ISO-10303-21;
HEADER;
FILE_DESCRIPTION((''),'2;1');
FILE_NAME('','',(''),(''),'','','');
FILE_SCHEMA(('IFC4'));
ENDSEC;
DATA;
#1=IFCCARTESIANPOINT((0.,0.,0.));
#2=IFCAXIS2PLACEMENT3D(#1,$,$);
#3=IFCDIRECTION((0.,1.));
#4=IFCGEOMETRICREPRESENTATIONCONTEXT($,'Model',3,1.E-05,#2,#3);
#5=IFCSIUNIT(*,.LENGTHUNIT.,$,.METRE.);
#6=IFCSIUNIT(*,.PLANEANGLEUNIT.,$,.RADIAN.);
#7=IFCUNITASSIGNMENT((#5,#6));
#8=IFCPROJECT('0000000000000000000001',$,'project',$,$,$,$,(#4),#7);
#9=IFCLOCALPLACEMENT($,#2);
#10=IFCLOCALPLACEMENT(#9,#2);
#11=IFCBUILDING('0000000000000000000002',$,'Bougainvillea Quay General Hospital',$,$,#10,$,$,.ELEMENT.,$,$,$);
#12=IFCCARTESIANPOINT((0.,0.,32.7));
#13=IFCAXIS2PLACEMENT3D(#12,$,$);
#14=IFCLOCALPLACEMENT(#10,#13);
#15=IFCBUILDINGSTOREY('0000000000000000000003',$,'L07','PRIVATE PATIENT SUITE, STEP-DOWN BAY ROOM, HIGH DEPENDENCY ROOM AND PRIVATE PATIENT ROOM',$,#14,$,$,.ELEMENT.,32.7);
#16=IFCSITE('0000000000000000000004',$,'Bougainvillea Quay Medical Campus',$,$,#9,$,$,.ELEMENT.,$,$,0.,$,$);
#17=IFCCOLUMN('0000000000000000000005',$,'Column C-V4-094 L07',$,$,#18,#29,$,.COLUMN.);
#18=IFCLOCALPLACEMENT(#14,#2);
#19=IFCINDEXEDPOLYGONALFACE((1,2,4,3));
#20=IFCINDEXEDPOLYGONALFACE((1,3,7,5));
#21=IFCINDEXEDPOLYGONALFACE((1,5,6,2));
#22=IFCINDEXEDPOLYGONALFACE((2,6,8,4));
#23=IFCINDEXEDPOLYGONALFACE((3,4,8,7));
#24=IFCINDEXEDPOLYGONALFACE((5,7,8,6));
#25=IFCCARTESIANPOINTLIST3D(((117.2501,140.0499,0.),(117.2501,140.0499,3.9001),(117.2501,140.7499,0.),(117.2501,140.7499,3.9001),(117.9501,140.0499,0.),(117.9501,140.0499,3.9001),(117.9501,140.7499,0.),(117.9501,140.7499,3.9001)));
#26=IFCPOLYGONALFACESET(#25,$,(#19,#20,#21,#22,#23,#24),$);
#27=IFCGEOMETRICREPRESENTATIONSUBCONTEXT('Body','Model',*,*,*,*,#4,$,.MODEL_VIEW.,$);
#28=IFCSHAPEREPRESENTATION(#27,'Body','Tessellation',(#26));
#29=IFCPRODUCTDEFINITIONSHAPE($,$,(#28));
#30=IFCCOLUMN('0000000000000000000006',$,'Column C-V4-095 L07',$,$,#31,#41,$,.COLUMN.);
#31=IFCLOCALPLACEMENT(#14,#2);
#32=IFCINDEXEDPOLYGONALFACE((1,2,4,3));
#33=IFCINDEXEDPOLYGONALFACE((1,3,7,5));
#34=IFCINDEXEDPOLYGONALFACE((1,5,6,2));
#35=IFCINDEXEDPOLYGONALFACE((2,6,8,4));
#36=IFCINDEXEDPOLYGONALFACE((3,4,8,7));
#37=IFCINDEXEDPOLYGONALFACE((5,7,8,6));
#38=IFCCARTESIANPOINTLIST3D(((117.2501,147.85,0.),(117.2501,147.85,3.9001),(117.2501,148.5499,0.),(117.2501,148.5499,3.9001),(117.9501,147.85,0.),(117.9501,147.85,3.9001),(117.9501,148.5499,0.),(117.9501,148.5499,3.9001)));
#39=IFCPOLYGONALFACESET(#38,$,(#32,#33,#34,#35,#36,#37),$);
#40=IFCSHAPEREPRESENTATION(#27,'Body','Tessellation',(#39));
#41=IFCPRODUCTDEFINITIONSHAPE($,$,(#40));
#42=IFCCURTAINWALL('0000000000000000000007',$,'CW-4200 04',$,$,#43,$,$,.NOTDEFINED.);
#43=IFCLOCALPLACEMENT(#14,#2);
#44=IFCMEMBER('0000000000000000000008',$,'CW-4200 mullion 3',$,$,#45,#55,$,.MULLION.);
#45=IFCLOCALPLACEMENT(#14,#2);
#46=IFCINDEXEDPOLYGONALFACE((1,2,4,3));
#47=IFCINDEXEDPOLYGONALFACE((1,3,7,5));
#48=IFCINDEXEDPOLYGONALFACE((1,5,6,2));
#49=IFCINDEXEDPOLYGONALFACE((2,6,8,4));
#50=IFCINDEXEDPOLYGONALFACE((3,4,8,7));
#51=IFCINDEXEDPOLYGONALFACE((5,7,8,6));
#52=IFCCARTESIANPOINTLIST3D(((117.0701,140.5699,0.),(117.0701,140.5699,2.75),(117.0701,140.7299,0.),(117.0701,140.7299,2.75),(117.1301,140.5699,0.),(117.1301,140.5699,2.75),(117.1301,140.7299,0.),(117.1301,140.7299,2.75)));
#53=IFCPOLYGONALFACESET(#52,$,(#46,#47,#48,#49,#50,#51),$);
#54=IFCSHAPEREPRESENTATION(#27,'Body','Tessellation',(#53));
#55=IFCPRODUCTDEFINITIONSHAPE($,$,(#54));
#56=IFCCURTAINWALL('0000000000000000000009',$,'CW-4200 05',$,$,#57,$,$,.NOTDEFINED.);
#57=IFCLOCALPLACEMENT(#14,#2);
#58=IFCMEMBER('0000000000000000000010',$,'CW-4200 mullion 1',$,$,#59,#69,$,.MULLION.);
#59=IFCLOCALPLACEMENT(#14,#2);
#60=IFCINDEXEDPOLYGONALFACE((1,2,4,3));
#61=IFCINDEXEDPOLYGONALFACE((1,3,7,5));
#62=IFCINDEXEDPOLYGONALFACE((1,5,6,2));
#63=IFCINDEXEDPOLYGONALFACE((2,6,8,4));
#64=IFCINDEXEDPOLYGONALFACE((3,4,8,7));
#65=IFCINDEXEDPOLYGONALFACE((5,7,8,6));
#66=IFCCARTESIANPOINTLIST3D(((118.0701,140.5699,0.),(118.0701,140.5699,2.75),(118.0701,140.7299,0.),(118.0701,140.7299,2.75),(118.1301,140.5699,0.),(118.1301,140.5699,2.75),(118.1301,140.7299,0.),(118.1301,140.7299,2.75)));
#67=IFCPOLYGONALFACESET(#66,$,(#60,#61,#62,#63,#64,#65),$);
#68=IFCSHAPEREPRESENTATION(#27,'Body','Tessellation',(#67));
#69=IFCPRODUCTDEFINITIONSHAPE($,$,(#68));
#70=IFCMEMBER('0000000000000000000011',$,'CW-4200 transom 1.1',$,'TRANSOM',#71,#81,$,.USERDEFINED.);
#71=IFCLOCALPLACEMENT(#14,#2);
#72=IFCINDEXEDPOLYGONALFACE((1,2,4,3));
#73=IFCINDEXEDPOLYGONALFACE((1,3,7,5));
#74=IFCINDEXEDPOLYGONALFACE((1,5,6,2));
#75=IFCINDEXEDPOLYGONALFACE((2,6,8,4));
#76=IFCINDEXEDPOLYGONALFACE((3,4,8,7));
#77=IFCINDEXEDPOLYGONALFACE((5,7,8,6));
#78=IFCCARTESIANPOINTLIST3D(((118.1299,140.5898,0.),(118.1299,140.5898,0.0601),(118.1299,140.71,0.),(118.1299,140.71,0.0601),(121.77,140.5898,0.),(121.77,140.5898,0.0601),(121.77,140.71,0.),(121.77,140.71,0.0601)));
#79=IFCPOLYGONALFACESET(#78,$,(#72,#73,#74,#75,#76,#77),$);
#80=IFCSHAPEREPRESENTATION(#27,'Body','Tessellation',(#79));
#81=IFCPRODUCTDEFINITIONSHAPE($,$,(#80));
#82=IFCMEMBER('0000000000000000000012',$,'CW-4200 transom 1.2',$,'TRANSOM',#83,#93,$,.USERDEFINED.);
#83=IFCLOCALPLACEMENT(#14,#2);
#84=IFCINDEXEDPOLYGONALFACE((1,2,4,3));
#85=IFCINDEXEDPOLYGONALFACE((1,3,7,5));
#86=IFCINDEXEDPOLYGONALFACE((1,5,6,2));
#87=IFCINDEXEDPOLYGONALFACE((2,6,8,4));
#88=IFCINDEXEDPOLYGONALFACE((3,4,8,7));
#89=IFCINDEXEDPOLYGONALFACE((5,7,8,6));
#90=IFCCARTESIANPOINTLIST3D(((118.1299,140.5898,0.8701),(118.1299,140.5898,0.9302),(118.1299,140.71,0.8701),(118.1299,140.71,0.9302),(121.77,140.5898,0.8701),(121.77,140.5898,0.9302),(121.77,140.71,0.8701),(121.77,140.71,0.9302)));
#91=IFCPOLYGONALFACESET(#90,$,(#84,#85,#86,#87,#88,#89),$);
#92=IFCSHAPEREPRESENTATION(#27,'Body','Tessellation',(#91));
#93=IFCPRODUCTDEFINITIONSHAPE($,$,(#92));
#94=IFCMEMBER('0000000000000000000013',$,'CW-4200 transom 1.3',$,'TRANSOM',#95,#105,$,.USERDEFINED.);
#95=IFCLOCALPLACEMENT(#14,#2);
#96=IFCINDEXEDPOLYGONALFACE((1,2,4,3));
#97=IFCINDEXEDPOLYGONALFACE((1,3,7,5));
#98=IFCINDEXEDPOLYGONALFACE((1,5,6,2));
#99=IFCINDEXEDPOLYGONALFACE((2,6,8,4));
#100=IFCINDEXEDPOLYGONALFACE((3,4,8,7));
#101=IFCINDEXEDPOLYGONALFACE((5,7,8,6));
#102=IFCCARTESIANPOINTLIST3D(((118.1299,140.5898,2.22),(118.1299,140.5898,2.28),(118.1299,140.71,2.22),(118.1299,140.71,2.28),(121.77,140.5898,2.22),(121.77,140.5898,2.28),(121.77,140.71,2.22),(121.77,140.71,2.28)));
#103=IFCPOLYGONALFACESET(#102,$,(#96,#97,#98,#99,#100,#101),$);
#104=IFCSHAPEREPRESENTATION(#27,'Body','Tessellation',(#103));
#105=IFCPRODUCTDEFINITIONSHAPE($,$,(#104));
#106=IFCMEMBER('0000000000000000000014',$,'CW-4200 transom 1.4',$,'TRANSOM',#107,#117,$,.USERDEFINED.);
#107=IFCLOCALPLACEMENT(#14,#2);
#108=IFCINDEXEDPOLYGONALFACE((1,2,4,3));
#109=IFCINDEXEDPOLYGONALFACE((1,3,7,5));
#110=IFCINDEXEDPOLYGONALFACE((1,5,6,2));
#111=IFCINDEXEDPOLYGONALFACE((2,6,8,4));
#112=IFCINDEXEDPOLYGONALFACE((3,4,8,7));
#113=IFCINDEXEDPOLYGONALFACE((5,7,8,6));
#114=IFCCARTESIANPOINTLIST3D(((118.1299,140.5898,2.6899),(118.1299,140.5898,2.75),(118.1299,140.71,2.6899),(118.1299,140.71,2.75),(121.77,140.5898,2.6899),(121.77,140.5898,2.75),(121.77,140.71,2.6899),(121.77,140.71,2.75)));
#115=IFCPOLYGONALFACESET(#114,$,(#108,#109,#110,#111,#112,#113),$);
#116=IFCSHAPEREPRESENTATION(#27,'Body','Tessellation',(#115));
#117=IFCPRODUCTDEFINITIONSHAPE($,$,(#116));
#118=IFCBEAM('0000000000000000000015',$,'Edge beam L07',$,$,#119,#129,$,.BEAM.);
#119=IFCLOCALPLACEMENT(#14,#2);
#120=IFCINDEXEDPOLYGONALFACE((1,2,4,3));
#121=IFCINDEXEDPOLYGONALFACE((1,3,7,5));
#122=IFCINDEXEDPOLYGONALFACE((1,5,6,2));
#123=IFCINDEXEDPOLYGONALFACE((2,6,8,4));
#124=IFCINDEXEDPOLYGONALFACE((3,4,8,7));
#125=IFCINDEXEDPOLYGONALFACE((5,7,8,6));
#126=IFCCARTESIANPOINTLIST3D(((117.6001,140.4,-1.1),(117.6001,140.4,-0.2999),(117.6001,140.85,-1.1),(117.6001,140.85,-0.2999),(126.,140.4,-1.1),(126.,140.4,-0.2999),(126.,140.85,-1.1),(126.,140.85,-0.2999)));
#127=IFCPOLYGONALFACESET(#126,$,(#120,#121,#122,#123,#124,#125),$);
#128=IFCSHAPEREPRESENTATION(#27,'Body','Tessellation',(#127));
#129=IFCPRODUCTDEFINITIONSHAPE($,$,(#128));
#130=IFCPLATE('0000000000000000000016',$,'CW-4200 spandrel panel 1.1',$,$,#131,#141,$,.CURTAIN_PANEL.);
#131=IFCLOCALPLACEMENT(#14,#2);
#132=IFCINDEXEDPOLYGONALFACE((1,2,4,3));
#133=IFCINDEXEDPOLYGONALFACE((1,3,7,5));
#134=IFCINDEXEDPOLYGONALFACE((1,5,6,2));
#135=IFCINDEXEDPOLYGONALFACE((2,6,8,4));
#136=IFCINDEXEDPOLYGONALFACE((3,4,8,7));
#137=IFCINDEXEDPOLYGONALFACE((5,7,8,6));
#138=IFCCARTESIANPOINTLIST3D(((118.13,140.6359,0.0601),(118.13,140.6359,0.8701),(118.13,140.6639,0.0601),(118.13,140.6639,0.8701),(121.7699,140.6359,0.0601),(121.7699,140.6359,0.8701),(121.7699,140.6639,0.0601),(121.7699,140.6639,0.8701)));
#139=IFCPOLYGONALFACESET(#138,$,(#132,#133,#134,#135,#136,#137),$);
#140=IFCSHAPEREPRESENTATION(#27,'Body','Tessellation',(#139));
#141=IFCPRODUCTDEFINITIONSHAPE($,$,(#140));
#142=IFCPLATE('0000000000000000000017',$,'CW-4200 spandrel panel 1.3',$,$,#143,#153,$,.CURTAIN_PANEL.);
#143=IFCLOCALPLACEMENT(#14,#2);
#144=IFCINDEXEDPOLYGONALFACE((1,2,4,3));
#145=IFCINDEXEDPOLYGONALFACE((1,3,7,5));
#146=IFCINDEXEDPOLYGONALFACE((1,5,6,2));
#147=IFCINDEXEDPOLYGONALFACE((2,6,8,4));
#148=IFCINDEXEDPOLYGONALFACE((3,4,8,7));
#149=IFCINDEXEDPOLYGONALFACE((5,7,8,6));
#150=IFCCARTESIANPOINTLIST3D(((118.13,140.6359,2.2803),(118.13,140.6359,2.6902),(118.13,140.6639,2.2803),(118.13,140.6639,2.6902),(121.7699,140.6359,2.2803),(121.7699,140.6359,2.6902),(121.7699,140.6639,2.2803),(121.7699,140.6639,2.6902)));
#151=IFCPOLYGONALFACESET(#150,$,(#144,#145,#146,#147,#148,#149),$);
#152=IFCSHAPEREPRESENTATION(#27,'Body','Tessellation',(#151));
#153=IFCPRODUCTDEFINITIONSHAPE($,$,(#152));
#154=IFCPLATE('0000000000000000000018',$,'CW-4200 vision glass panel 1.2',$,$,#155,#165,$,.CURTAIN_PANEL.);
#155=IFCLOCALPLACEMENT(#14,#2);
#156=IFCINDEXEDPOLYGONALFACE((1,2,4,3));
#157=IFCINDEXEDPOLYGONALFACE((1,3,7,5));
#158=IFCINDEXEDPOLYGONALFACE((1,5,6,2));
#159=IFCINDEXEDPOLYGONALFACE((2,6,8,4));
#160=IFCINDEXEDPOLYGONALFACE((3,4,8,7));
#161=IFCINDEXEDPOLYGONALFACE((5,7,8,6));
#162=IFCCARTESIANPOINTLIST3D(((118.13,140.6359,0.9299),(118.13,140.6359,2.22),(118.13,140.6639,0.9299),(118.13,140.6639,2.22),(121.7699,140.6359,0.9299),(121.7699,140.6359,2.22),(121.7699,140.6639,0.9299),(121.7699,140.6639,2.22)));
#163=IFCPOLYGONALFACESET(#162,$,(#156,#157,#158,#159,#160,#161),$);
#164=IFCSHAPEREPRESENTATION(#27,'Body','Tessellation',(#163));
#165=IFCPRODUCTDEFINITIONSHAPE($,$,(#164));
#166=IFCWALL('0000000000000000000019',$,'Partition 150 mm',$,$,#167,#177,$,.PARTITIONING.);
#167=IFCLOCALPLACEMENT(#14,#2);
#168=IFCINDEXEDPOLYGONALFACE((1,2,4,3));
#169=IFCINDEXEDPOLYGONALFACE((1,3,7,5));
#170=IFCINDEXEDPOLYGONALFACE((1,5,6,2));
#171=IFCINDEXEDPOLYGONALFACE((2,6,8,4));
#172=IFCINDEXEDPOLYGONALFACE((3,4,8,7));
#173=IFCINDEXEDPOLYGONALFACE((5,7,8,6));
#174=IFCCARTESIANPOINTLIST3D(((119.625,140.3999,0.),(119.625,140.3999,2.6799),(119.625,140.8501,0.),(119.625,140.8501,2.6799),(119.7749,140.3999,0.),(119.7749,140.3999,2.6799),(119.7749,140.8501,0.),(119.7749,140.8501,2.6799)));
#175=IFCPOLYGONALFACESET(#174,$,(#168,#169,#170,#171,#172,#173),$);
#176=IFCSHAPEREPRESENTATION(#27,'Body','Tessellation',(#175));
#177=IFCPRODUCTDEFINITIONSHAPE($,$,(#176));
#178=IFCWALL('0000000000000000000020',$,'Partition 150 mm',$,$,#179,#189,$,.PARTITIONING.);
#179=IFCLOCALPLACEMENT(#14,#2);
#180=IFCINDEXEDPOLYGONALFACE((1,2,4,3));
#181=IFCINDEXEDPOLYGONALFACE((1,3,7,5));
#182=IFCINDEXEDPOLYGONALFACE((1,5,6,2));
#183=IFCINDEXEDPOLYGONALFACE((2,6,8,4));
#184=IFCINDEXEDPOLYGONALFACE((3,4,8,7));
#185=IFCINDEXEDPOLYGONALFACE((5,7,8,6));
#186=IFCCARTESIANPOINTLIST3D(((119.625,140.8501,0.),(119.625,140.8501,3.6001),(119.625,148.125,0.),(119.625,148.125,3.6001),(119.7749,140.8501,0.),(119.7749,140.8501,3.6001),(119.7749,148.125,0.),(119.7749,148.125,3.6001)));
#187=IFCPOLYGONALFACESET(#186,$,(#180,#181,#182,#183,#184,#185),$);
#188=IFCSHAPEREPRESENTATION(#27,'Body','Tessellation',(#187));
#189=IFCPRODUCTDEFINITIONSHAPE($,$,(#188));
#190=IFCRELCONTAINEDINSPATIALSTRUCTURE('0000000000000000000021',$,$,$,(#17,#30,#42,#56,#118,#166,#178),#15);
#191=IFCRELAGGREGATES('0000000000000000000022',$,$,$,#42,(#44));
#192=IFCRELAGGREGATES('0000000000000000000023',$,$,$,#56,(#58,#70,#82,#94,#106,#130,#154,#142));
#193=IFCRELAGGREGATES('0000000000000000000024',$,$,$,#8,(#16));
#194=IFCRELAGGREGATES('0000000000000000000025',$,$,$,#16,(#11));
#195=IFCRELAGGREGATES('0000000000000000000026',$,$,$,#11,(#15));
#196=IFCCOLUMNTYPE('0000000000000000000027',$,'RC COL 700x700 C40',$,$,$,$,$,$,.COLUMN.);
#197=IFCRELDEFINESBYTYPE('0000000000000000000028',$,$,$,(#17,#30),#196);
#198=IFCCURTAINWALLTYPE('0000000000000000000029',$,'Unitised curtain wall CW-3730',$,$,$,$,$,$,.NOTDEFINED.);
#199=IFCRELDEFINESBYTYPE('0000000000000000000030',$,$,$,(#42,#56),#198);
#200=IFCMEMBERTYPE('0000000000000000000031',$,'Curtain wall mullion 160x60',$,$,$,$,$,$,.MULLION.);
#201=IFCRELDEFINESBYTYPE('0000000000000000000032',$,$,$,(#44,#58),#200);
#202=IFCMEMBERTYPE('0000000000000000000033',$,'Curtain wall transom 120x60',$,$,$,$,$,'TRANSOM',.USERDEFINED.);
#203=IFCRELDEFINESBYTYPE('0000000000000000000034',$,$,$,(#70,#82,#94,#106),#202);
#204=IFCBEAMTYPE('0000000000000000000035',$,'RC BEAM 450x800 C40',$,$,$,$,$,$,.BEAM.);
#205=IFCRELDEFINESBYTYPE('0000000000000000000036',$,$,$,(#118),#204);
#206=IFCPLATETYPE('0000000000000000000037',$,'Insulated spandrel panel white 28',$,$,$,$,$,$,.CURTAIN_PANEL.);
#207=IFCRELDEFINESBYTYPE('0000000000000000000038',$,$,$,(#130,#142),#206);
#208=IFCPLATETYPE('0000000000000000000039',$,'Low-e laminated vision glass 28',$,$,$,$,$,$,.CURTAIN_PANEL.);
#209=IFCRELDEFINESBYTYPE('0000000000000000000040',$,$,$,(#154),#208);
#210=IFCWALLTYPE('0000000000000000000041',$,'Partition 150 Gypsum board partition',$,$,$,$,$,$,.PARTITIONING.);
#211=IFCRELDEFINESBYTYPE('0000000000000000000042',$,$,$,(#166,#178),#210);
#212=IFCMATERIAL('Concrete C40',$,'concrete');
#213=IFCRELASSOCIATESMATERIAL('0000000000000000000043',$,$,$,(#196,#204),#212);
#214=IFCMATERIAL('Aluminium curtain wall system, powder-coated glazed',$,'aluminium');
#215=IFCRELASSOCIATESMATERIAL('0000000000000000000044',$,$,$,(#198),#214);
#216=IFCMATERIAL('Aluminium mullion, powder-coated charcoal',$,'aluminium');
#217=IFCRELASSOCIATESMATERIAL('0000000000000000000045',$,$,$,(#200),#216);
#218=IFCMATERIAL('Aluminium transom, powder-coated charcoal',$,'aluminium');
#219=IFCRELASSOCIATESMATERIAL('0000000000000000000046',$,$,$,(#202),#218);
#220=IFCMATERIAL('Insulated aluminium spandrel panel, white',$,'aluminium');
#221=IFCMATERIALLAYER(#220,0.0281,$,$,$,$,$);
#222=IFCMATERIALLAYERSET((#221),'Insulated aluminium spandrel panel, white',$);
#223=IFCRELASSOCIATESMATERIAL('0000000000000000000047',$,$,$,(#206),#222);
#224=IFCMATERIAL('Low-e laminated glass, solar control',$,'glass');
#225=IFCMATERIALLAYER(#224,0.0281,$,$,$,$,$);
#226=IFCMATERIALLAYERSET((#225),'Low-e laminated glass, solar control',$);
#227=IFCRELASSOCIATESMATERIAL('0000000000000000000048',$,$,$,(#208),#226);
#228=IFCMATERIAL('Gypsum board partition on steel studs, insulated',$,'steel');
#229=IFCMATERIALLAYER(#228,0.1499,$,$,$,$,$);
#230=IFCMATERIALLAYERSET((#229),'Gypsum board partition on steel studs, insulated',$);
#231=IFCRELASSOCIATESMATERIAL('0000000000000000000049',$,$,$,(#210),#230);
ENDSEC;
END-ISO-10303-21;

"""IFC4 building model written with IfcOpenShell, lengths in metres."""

from ifc_helpers import new_model, si_unit, direction, frame, frame_2d, origin, origin_2d, place, context, subcontext, project, spatial, rectangle, extrude, material, layer, layer_set, material_profile, profile_set, type_object, element, aggregate, save


model = new_model("IFC4")

# Units and contexts
model_context = context("Model", 3, precision=1e-05, world=origin(), true_north=direction((0.0, 1.0)))
body_context = subcontext(model_context, "Body", "Model", "MODEL_VIEW")
ifc_project = project(units=[si_unit("LENGTHUNIT", "METRE"), si_unit("PLANEANGLEUNIT", "RADIAN")], contexts=[model_context])

# Site, building, storey
site_placement = place(None, origin())
site = spatial("IfcSite", under=ifc_project, at=site_placement, Name="Bougainvillea Quay Medical Campus", CompositionType="ELEMENT", RefElevation=0.0)
building_placement = place(site_placement, origin())
building = spatial("IfcBuilding", under=site, at=building_placement, Name="Bougainvillea Quay General Hospital", CompositionType="ELEMENT")
storey_placement = place(building_placement, frame((0.0, 0.0, 32.7)))
storey = spatial("IfcBuildingStorey", under=building, at=storey_placement, Name="L07", Description="PRIVATE PATIENT SUITE, STEP-DOWN BAY ROOM, HIGH DEPENDENCY ROOM AND PRIVATE PATIENT ROOM", CompositionType="ELEMENT", Elevation=32.7)

# Columns
ifc_material_1 = material(Name="Concrete C40", Category="concrete")
ifc_material_profile_1 = material_profile(ifc_material_1, rectangle(XDim=0.7, YDim=0.7, at=origin_2d()))
ifc_profile_set_1 = profile_set([ifc_material_profile_1], Name="Concrete C40")
column_type = type_object("IfcColumnType", Name="RC COL 700x700 C40", PredefinedType="COLUMN", material=ifc_profile_set_1)
for number, where, z_axis, x_axis, name in (
    (1, (117.6001, 140.3999, 0.0), (0.0, 0.0, 1.0), (1.0, 0.0, 0.0), "Column C-V4-094 L07"),
    (2, (117.6001, 148.2, 0.0), (0.0, 0.0, 1.0), (1.0, 0.0, 0.0), "Column C-V4-095 L07"),
):
    element("IfcColumn", number, at=place(storey_placement, frame(where, z_axis=z_axis, x_axis=x_axis)), inside=storey, type_object=column_type, Name=name, PredefinedType="COLUMN", context=body_context, shape_type="SweptSolid", body=[
        extrude(rectangle(XDim=0.7, YDim=0.7, at=origin_2d()), origin(), (0.0, 0.0, 1.0), 3.9001),
    ])

# Curtain wall, member
ifc_material_2 = material(Name="Aluminium curtain wall system, powder-coated glazed", Category="aluminium")
curtain_wall_type = type_object("IfcCurtainWallType", Name="Unitised curtain wall CW-3730", PredefinedType="NOTDEFINED", material=ifc_material_2)
curtain_wall_1_placement = place(storey_placement, origin())
curtain_wall_1 = element("IfcCurtainWall", 3, at=curtain_wall_1_placement, inside=storey, type_object=curtain_wall_type, Name="CW-4200 04", PredefinedType="NOTDEFINED")
ifc_material_3 = material(Name="Aluminium mullion, powder-coated charcoal", Category="aluminium")
ifc_material_profile_2 = material_profile(ifc_material_3, rectangle(XDim=0.1599, YDim=0.0601, at=origin_2d()))
ifc_profile_set_2 = profile_set([ifc_material_profile_2], Name="Aluminium mullion, powder-coated charcoal")
member_type_1 = type_object("IfcMemberType", Name="Curtain wall mullion 160x60", PredefinedType="MULLION", material=ifc_profile_set_2)
member_1_placement = place(storey_placement, frame((117.1001, 140.6499, 0.0), z_axis=(0.0, 0.0, 1.0), x_axis=(0.0, 1.0, 0.0)))
member_1 = element("IfcMember", 4, at=member_1_placement, type_object=member_type_1, Name="CW-4200 mullion 3", PredefinedType="MULLION", context=body_context, shape_type="SweptSolid", body=[
    extrude(rectangle(XDim=0.1599, YDim=0.0601, at=origin_2d()), origin(), (0.0, 0.0, 1.0), 2.75),
])
aggregate(curtain_wall_1, [member_1])

# Curtain wall, members
curtain_wall_2_placement = place(storey_placement, origin())
curtain_wall_2 = element("IfcCurtainWall", 5, at=curtain_wall_2_placement, inside=storey, type_object=curtain_wall_type, Name="CW-4200 05", PredefinedType="NOTDEFINED")
member_2_placement = place(storey_placement, frame((118.1001, 140.6499, 0.0), z_axis=(0.0, 0.0, 1.0), x_axis=(0.0, 1.0, 0.0)))
member_2 = element("IfcMember", 6, at=member_2_placement, type_object=member_type_1, Name="CW-4200 mullion 1", PredefinedType="MULLION", context=body_context, shape_type="SweptSolid", body=[
    extrude(rectangle(XDim=0.1599, YDim=0.0601, at=origin_2d()), origin(), (0.0, 0.0, 1.0), 2.75),
])
ifc_material_4 = material(Name="Aluminium transom, powder-coated charcoal", Category="aluminium")
ifc_material_profile_3 = material_profile(ifc_material_4, rectangle(XDim=0.1201, YDim=0.0601, at=origin_2d()))
ifc_profile_set_3 = profile_set([ifc_material_profile_3], Name="Aluminium transom, powder-coated charcoal")
member_type_2 = type_object("IfcMemberType", Name="Curtain wall transom 120x60", ElementType="TRANSOM", PredefinedType="USERDEFINED", material=ifc_profile_set_3)
member_3_placement = place(storey_placement, frame((118.1299, 140.6499, 0.03), z_axis=(1.0, 0.0, 0.0), x_axis=(0.0, 1.0, 0.0)))
member_3 = element("IfcMember", 7, at=member_3_placement, type_object=member_type_2, Name="CW-4200 transom 1.1", ObjectType="TRANSOM", PredefinedType="USERDEFINED", context=body_context, shape_type="SweptSolid", body=[
    extrude(rectangle(XDim=0.1201, YDim=0.0601, at=origin_2d()), origin(), (0.0, 0.0, 1.0), 3.6401),
])
member_4_placement = place(storey_placement, frame((118.1299, 140.6499, 0.9001), z_axis=(1.0, 0.0, 0.0), x_axis=(0.0, 1.0, 0.0)))
member_4 = element("IfcMember", 8, at=member_4_placement, type_object=member_type_2, Name="CW-4200 transom 1.2", ObjectType="TRANSOM", PredefinedType="USERDEFINED", context=body_context, shape_type="SweptSolid", body=[
    extrude(rectangle(XDim=0.1201, YDim=0.0601, at=origin_2d()), origin(), (0.0, 0.0, 1.0), 3.6401),
])
member_5_placement = place(storey_placement, frame((118.1299, 140.6499, 2.25), z_axis=(1.0, 0.0, 0.0), x_axis=(0.0, 1.0, 0.0)))
member_5 = element("IfcMember", 9, at=member_5_placement, type_object=member_type_2, Name="CW-4200 transom 1.3", ObjectType="TRANSOM", PredefinedType="USERDEFINED", context=body_context, shape_type="SweptSolid", body=[
    extrude(rectangle(XDim=0.1201, YDim=0.0601, at=origin_2d()), origin(), (0.0, 0.0, 1.0), 3.6401),
])
member_6_placement = place(storey_placement, frame((118.1299, 140.6499, 2.72), z_axis=(1.0, 0.0, 0.0), x_axis=(0.0, 1.0, 0.0)))
member_6 = element("IfcMember", 10, at=member_6_placement, type_object=member_type_2, Name="CW-4200 transom 1.4", ObjectType="TRANSOM", PredefinedType="USERDEFINED", context=body_context, shape_type="SweptSolid", body=[
    extrude(rectangle(XDim=0.1201, YDim=0.0601, at=origin_2d()), origin(), (0.0, 0.0, 1.0), 3.6401),
])

# Beam
ifc_material_profile_4 = material_profile(ifc_material_1, rectangle(XDim=0.45, YDim=0.8, at=origin_2d()))
ifc_profile_set_4 = profile_set([ifc_material_profile_4], Name="Concrete C40")
beam_type = type_object("IfcBeamType", Name="RC BEAM 450x800 C40", PredefinedType="BEAM", material=ifc_profile_set_4)
beam_placement = place(storey_placement, frame((117.6001, 140.625, -0.7), z_axis=(1.0, 0.0, 0.0), x_axis=(0.0, 1.0, 0.0)))
element("IfcBeam", 11, at=beam_placement, inside=storey, type_object=beam_type, Name="Edge beam L07", PredefinedType="BEAM", context=body_context, shape_type="SweptSolid", body=[
    extrude(rectangle(XDim=0.45, YDim=0.8, at=origin_2d()), origin(), (0.0, 0.0, 1.0), 8.3999),
])

# Plates
ifc_material_5 = material(Name="Insulated aluminium spandrel panel, white", Category="aluminium")
ifc_layer_1 = layer(ifc_material_5, 0.0281)
ifc_layer_set_1 = layer_set([ifc_layer_1], Name="Insulated aluminium spandrel panel, white")
plate_type_1 = type_object("IfcPlateType", Name="Insulated spandrel panel white 28", PredefinedType="CURTAIN_PANEL", material=ifc_layer_set_1)
plate_1_placement = place(storey_placement, frame((119.95, 140.6499, 0.0601), z_axis=(0.0, 0.0, 1.0), x_axis=(1.0, 0.0, 0.0)))
plate_1 = element("IfcPlate", 12, at=plate_1_placement, type_object=plate_type_1, Name="CW-4200 spandrel panel 1.1", PredefinedType="CURTAIN_PANEL", context=body_context, shape_type="SweptSolid", body=[
    extrude(rectangle(XDim=3.6399, YDim=0.0281, at=origin_2d()), origin(), (0.0, 0.0, 1.0), 0.8101),
])
plate_2_placement = place(storey_placement, frame((119.95, 140.6499, 2.2803), z_axis=(0.0, 0.0, 1.0), x_axis=(1.0, 0.0, 0.0)))
plate_2 = element("IfcPlate", 13, at=plate_2_placement, type_object=plate_type_1, Name="CW-4200 spandrel panel 1.3", PredefinedType="CURTAIN_PANEL", context=body_context, shape_type="SweptSolid", body=[
    extrude(rectangle(XDim=3.6399, YDim=0.0281, at=origin_2d()), origin(), (0.0, 0.0, 1.0), 0.4099),
])
ifc_material_6 = material(Name="Low-e laminated glass, solar control", Category="glass")
ifc_layer_2 = layer(ifc_material_6, 0.0281)
ifc_layer_set_2 = layer_set([ifc_layer_2], Name="Low-e laminated glass, solar control")
plate_type_2 = type_object("IfcPlateType", Name="Low-e laminated vision glass 28", PredefinedType="CURTAIN_PANEL", material=ifc_layer_set_2)
plate_3_placement = place(storey_placement, frame((119.95, 140.6499, 0.9299), z_axis=(0.0, 0.0, 1.0), x_axis=(1.0, 0.0, 0.0)))
plate_3 = element("IfcPlate", 14, at=plate_3_placement, type_object=plate_type_2, Name="CW-4200 vision glass panel 1.2", PredefinedType="CURTAIN_PANEL", context=body_context, shape_type="SweptSolid", body=[
    extrude(rectangle(XDim=3.6399, YDim=0.0281, at=origin_2d()), origin(), (0.0, 0.0, 1.0), 1.29),
])
aggregate(curtain_wall_2, [member_2, member_3, member_4, member_5, member_6, plate_1, plate_3, plate_2])

# Walls
ifc_material_7 = material(Name="Gypsum board partition on steel studs, insulated", Category="steel")
ifc_layer_3 = layer(ifc_material_7, 0.1499)
ifc_layer_set_3 = layer_set([ifc_layer_3], Name="Gypsum board partition on steel studs, insulated")
wall_type_1 = type_object("IfcWallType", Name="Partition 150 Gypsum board partition", PredefinedType="PARTITIONING", material=ifc_layer_set_3)
wall_1_placement = place(storey_placement, frame((119.7, 140.3999, 0.0), z_axis=(0.0, 0.0, 1.0), x_axis=(0.0, 1.0, 0.0)))
element("IfcWall", 15, at=wall_1_placement, inside=storey, type_object=wall_type_1, Name="Partition 150 mm", PredefinedType="PARTITIONING", context=body_context, shape_type="SweptSolid", body=[
    extrude(rectangle(XDim=0.4502, YDim=0.1499, at=frame_2d((0.2251, 0.0))), origin(), (0.0, 0.0, 1.0), 2.6799),
])
wall_2_placement = place(storey_placement, frame((119.7, 140.8501, 0.0), z_axis=(0.0, 0.0, 1.0), x_axis=(0.0, 1.0, 0.0)))
element("IfcWall", 16, at=wall_2_placement, inside=storey, type_object=wall_type_1, Name="Partition 150 mm", PredefinedType="PARTITIONING", context=body_context, shape_type="SweptSolid", body=[
    extrude(rectangle(XDim=7.2749, YDim=0.1499, at=frame_2d((3.6375, 0.0))), origin(), (0.0, 0.0, 1.0), 3.6001),
])

save(model, "model.ifc")
